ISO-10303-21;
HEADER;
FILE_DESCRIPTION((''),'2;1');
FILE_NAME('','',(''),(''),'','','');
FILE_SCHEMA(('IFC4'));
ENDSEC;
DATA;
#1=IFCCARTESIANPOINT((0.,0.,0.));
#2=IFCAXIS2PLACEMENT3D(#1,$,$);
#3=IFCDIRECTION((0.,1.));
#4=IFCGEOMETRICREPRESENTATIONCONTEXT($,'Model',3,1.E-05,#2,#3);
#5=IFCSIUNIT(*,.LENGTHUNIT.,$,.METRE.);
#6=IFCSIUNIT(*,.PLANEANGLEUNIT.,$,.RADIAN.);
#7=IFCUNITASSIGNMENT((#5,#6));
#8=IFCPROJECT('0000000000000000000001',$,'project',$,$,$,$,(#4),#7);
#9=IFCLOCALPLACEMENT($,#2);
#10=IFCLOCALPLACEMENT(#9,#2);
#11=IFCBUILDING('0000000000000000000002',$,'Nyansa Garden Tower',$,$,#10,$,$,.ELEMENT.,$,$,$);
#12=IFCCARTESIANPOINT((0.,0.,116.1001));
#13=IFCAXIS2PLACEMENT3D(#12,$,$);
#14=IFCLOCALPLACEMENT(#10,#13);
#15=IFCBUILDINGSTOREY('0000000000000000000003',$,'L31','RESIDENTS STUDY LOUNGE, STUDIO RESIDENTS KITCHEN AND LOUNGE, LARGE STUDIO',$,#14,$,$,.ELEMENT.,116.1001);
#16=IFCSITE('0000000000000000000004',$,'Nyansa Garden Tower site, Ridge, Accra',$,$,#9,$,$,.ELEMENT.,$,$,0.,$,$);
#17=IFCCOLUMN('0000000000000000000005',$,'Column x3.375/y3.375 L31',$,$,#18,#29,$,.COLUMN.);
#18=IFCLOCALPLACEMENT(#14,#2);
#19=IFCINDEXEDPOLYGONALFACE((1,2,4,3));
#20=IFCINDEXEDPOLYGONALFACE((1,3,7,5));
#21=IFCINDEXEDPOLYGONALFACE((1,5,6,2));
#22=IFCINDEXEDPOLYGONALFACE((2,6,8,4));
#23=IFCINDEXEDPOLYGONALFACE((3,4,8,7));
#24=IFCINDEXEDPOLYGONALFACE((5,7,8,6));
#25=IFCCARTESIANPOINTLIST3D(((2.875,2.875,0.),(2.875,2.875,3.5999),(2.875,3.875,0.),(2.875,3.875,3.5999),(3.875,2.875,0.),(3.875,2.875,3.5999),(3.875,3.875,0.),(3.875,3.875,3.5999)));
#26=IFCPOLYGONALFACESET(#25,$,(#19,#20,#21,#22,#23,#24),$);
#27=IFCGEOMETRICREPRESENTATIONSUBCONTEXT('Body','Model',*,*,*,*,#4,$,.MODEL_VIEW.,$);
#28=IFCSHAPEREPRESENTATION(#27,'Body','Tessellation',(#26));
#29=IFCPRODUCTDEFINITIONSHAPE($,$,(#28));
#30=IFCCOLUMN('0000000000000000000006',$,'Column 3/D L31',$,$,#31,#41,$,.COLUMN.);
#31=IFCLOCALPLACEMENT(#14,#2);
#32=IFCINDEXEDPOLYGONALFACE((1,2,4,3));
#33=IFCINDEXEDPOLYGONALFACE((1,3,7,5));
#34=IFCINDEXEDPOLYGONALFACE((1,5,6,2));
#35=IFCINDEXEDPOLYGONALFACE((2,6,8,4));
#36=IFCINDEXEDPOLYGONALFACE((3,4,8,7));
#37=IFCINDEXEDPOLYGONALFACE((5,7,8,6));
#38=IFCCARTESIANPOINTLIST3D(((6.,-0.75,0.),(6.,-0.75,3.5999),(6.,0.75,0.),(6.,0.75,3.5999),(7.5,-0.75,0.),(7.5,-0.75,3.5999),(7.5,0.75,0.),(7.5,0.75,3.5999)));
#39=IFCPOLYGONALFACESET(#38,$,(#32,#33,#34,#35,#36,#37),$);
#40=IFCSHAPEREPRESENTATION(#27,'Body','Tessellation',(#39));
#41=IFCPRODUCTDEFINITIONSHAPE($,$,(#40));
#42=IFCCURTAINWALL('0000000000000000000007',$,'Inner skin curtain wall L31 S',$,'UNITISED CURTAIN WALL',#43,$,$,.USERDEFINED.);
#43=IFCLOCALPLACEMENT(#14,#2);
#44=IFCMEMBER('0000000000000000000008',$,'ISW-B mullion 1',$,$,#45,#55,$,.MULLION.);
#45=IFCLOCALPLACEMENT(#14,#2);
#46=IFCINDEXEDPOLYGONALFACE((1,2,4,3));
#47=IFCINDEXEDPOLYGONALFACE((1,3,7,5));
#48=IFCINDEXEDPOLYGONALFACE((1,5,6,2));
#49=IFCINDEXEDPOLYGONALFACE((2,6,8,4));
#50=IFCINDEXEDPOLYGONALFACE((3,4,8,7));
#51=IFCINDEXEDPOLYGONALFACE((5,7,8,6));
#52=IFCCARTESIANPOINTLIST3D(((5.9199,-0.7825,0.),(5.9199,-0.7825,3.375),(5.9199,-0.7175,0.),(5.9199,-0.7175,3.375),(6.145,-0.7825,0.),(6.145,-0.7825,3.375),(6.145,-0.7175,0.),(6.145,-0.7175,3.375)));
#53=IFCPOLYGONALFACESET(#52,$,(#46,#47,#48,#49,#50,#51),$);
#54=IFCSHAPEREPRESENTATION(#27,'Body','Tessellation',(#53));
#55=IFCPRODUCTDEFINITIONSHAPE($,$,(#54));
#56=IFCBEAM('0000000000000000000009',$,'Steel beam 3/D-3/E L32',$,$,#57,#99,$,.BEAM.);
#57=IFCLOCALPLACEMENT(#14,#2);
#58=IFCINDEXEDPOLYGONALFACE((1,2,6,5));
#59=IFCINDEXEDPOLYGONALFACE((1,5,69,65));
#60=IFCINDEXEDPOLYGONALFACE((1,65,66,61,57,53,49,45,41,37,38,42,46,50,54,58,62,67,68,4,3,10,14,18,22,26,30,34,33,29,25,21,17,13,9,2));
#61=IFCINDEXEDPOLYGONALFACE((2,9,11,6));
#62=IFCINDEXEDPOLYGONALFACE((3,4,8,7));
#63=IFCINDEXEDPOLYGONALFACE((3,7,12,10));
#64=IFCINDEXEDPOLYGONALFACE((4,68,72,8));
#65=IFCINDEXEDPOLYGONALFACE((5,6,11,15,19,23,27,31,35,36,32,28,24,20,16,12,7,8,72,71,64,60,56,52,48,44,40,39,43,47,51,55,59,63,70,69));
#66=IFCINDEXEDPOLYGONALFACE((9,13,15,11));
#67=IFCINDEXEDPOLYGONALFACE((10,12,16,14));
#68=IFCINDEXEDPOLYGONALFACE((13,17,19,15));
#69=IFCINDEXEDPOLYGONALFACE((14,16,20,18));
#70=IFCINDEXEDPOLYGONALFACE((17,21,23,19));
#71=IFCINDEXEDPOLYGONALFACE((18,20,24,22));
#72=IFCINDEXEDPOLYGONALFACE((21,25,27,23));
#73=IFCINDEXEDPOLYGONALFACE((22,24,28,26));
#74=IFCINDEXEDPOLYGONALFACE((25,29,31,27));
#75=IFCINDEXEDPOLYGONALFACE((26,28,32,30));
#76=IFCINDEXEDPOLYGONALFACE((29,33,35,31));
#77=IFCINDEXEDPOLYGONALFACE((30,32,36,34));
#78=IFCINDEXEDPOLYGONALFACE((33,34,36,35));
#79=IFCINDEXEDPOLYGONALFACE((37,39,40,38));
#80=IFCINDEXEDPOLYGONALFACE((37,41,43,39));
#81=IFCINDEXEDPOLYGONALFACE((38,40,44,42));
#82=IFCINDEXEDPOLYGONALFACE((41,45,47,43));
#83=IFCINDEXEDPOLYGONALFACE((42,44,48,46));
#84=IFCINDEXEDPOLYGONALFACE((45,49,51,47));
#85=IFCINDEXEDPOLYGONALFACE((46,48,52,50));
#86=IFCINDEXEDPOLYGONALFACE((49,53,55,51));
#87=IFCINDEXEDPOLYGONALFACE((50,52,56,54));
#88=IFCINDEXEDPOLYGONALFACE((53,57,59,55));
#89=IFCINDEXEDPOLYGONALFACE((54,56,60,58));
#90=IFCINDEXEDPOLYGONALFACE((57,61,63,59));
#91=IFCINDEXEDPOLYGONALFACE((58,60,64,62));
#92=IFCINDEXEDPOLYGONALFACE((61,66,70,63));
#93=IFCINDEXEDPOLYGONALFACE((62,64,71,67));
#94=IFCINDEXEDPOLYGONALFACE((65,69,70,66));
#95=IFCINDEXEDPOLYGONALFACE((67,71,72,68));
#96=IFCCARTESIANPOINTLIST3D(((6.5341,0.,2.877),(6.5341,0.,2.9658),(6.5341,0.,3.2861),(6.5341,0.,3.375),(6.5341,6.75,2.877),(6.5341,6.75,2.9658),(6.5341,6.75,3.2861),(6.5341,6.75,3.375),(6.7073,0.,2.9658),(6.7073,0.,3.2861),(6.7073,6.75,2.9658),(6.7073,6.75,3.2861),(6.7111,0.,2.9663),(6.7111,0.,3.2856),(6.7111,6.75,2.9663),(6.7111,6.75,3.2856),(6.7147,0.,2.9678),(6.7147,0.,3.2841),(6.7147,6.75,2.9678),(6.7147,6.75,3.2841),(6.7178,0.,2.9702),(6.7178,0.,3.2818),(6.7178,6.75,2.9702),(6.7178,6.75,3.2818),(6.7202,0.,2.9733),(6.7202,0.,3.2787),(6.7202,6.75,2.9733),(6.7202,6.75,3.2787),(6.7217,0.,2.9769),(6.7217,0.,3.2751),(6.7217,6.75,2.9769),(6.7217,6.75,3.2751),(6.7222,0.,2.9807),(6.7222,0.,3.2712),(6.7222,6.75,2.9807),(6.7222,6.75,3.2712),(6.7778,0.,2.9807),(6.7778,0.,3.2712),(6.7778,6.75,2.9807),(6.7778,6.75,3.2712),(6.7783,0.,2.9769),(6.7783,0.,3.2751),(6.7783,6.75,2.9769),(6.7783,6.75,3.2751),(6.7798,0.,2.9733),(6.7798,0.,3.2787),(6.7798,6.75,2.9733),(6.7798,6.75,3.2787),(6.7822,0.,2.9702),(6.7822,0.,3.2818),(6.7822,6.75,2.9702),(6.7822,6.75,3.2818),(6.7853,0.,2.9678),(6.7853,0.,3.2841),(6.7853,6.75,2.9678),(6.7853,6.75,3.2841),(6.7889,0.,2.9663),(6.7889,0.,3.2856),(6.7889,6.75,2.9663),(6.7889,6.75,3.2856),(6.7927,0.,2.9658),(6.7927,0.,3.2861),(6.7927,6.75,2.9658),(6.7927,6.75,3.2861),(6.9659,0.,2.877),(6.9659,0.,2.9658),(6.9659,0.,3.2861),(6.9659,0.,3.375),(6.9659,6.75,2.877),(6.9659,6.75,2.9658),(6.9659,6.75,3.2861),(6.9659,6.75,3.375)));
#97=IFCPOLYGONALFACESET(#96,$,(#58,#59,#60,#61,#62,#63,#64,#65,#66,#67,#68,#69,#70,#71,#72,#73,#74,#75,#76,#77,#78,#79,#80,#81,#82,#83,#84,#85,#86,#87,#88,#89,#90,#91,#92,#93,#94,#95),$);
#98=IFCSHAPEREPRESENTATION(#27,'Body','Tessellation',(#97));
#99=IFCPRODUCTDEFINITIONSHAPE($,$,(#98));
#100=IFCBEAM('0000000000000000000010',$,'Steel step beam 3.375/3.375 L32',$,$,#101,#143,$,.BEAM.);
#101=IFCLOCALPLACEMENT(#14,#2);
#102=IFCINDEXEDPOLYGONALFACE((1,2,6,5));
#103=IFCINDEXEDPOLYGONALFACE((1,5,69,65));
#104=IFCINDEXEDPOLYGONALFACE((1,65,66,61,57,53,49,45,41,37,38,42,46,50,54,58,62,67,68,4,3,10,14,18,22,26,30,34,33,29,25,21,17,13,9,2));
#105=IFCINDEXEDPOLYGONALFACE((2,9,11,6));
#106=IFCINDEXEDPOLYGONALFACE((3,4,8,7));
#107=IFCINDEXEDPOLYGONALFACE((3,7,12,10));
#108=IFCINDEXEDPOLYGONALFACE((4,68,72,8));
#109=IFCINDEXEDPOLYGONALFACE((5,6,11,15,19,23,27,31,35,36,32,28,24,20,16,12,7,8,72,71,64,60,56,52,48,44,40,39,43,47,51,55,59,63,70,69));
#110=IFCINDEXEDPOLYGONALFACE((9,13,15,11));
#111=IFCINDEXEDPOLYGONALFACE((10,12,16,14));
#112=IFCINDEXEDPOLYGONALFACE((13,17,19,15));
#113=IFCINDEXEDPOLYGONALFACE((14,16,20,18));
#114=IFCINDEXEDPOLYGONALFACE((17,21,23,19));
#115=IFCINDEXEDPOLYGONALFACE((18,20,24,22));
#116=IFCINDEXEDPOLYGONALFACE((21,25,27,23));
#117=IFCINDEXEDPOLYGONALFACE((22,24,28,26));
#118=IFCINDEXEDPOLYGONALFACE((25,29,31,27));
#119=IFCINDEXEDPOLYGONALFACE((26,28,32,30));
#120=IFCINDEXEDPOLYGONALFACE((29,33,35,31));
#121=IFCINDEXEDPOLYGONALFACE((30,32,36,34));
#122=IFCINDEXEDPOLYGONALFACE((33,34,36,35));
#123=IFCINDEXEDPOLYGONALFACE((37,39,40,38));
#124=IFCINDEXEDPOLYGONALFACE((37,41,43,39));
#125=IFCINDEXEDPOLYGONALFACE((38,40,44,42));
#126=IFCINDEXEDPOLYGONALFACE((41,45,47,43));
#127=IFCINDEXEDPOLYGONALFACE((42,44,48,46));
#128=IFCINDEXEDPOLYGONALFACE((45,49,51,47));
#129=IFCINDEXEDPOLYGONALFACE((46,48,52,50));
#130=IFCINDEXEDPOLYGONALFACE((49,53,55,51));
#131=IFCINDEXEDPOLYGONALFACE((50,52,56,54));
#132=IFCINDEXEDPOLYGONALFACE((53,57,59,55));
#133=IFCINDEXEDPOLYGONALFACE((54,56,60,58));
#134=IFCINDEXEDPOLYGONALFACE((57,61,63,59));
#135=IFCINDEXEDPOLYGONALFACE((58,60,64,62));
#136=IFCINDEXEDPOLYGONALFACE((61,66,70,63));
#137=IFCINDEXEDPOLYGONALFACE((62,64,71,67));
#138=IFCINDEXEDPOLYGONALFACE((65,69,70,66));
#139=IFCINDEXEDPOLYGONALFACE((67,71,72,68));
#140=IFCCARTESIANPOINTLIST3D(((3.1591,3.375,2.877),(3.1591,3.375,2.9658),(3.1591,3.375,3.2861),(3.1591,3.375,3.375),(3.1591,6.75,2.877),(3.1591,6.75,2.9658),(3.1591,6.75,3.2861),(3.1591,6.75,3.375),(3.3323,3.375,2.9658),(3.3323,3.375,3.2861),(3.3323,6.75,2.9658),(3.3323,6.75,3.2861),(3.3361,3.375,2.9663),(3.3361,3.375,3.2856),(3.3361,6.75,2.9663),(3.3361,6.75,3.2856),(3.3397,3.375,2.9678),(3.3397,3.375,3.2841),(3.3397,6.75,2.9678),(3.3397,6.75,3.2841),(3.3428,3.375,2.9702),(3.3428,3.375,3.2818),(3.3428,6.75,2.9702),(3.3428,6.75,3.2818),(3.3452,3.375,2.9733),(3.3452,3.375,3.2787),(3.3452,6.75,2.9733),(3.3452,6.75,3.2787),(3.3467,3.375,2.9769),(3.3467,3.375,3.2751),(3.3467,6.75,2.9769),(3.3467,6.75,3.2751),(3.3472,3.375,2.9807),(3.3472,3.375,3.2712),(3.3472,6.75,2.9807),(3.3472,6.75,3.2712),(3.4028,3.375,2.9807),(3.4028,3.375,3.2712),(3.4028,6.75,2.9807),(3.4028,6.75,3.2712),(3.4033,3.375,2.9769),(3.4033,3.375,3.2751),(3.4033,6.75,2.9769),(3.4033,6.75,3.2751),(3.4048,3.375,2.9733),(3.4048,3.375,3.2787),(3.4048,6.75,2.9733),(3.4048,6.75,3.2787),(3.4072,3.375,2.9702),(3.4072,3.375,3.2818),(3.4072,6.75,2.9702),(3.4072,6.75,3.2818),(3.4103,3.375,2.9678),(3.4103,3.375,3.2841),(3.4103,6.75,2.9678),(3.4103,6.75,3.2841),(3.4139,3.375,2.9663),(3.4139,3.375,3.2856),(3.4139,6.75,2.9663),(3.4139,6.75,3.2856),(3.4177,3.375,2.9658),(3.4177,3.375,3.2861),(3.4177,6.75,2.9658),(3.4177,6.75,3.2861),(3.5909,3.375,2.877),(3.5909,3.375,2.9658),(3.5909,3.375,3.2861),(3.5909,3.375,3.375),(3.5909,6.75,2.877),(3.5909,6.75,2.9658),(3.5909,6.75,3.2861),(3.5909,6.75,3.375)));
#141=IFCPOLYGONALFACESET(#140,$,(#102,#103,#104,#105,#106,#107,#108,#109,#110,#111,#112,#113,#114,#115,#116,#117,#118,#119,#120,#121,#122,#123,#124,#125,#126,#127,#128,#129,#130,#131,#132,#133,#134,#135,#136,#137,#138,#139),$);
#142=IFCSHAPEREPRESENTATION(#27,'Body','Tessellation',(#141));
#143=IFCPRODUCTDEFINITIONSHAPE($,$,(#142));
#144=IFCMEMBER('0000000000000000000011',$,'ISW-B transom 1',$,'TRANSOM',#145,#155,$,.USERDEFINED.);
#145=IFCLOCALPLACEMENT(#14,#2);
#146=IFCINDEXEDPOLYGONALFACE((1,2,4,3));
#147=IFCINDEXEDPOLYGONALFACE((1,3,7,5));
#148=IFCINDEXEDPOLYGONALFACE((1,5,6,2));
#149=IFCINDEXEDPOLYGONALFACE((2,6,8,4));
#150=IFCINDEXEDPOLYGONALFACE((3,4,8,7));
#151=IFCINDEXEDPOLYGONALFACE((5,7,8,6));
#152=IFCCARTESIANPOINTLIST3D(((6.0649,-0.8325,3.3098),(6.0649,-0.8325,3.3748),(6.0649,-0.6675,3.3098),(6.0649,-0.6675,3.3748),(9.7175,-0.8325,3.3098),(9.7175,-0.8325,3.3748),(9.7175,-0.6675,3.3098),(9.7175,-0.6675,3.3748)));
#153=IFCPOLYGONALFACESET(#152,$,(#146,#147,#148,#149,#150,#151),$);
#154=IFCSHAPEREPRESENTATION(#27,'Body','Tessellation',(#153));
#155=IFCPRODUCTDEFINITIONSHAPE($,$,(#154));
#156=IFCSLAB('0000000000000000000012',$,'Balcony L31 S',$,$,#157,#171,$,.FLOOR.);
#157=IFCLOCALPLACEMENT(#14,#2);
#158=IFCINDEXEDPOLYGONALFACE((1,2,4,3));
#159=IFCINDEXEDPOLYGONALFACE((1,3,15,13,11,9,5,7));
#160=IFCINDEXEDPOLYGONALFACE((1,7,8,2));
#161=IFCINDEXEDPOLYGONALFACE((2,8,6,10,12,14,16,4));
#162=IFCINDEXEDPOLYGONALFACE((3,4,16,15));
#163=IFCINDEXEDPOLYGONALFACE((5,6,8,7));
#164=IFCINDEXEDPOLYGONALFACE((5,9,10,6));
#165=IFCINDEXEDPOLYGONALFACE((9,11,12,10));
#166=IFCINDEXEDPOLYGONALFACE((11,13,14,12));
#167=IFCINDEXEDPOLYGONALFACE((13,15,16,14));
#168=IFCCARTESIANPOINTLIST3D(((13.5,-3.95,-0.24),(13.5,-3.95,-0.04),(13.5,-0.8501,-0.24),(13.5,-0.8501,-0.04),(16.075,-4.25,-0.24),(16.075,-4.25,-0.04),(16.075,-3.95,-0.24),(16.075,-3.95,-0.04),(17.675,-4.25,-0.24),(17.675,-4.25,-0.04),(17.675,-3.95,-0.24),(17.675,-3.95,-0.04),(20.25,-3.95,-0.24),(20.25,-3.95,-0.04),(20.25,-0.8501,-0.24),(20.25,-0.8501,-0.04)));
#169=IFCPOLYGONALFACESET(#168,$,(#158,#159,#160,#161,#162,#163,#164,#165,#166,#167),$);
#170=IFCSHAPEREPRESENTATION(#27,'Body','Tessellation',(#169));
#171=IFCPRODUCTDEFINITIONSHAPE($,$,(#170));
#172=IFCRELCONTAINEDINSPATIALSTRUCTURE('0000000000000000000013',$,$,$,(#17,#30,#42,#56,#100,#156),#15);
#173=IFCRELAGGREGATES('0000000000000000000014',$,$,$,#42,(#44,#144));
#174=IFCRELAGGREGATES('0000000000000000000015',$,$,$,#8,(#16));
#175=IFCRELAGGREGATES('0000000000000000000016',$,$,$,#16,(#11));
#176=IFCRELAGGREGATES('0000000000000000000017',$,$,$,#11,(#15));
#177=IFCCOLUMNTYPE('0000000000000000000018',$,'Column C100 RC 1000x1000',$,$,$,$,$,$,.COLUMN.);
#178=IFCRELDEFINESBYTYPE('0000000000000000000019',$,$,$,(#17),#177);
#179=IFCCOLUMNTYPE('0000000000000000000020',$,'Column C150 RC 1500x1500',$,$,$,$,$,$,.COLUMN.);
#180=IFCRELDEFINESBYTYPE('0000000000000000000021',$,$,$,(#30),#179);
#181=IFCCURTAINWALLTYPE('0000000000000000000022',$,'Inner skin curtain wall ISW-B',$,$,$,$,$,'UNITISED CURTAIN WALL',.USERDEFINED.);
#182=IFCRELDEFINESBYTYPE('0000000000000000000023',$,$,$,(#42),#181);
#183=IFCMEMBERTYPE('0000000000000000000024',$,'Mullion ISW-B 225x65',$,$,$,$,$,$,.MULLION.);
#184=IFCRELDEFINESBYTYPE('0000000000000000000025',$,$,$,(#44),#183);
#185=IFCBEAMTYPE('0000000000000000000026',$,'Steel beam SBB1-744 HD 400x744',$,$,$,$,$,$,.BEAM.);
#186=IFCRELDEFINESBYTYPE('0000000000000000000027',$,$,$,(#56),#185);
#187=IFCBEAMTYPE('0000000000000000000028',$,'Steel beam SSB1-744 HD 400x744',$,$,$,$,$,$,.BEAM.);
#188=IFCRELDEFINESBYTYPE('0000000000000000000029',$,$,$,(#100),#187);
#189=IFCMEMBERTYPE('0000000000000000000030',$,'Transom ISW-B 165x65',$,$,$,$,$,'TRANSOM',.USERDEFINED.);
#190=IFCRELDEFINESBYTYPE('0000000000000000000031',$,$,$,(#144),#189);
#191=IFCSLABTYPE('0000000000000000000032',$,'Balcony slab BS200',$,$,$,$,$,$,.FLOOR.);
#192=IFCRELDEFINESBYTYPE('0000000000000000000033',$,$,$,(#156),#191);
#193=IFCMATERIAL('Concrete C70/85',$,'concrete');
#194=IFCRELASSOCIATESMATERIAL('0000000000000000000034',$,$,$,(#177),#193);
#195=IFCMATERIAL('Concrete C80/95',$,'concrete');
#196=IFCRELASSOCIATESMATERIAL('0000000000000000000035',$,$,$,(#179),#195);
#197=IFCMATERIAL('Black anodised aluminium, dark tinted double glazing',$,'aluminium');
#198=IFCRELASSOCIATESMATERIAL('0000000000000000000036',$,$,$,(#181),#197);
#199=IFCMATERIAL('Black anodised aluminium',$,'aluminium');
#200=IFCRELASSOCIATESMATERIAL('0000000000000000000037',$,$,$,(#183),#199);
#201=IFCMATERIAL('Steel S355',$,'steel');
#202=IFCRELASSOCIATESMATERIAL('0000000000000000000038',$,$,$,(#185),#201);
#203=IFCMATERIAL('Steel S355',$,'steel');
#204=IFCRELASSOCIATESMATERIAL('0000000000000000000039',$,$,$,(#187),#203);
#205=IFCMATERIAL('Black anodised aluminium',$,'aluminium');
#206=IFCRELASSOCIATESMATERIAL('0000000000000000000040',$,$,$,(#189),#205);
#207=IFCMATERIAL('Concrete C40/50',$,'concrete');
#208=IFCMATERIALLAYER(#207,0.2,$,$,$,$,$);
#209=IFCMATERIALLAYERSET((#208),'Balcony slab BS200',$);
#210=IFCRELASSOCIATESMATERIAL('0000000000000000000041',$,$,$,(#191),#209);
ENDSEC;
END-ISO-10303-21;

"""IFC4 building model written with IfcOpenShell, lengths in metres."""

from ifc_helpers import new_model, si_unit, direction, frame, origin, origin_2d, place, context, subcontext, project, spatial, polyline, rectangle, i_section, outline, extrude, material, layer, layer_set, material_profile, profile_set, type_object, element, aggregate, save


model = new_model("IFC4")

# Units and contexts
model_context = context("Model", 3, precision=1e-05, world=origin(), true_north=direction((0.0, 1.0)))
body_context = subcontext(model_context, "Body", "Model", "MODEL_VIEW")
ifc_project = project(units=[si_unit("LENGTHUNIT", "METRE"), si_unit("PLANEANGLEUNIT", "RADIAN")], contexts=[model_context])

# Site, building, storey
site_placement = place(None, origin())
site = spatial("IfcSite", under=ifc_project, at=site_placement, Name="Nyansa Garden Tower site, Ridge, Accra", CompositionType="ELEMENT", RefElevation=0.0)
building_placement = place(site_placement, origin())
building = spatial("IfcBuilding", under=site, at=building_placement, Name="Nyansa Garden Tower", CompositionType="ELEMENT")
storey_placement = place(building_placement, frame((0.0, 0.0, 116.1001)))
storey = spatial("IfcBuildingStorey", under=building, at=storey_placement, Name="L31", Description="RESIDENTS STUDY LOUNGE, STUDIO RESIDENTS KITCHEN AND LOUNGE, LARGE STUDIO", CompositionType="ELEMENT", Elevation=116.1001)

# Columns
ifc_material_1 = material(Name="Concrete C70/85", Category="concrete")
ifc_material_profile_1 = material_profile(ifc_material_1, rectangle(XDim=1.0, YDim=1.0, at=origin_2d()), Name="RC 1000x1000")
ifc_profile_set_1 = profile_set([ifc_material_profile_1], Name="Concrete C70/85")
column_type_1 = type_object("IfcColumnType", Name="Column C100 RC 1000x1000", PredefinedType="COLUMN", material=ifc_profile_set_1)
column_1_placement = place(storey_placement, frame((3.375, 3.375, 0.0), z_axis=(0.0, 0.0, 1.0), x_axis=(1.0, 0.0, 0.0)))
element("IfcColumn", 1, at=column_1_placement, inside=storey, type_object=column_type_1, Name="Column x3.375/y3.375 L31", PredefinedType="COLUMN", context=body_context, shape_type="SweptSolid", body=[
    extrude(rectangle(XDim=1.0, YDim=1.0, at=origin_2d()), origin(), (0.0, 0.0, 1.0), 3.5999),
])
ifc_material_2 = material(Name="Concrete C80/95", Category="concrete")
ifc_material_profile_2 = material_profile(ifc_material_2, rectangle(XDim=1.5, YDim=1.5, at=origin_2d()), Name="RC 1500x1500")
ifc_profile_set_2 = profile_set([ifc_material_profile_2], Name="Concrete C80/95")
column_type_2 = type_object("IfcColumnType", Name="Column C150 RC 1500x1500", PredefinedType="COLUMN", material=ifc_profile_set_2)
column_2_placement = place(storey_placement, frame((6.75, 0.0, 0.0), z_axis=(0.0, 0.0, 1.0), x_axis=(1.0, 0.0, 0.0)))
element("IfcColumn", 2, at=column_2_placement, inside=storey, type_object=column_type_2, Name="Column 3/D L31", PredefinedType="COLUMN", context=body_context, shape_type="SweptSolid", body=[
    extrude(rectangle(XDim=1.5, YDim=1.5, at=origin_2d()), origin(), (0.0, 0.0, 1.0), 3.5999),
])

# Curtain wall, member
ifc_material_3 = material(Name="Black anodised aluminium, dark tinted double glazing", Category="aluminium")
curtain_wall_type = type_object("IfcCurtainWallType", Name="Inner skin curtain wall ISW-B", ElementType="UNITISED CURTAIN WALL", PredefinedType="USERDEFINED", material=ifc_material_3)
curtain_wall_placement = place(storey_placement, origin())
curtain_wall = element("IfcCurtainWall", 3, at=curtain_wall_placement, inside=storey, type_object=curtain_wall_type, Name="Inner skin curtain wall L31 S", ObjectType="UNITISED CURTAIN WALL", PredefinedType="USERDEFINED")
ifc_material_4 = material(Name="Black anodised aluminium", Category="aluminium")
ifc_material_profile_3 = material_profile(ifc_material_4, rectangle(XDim=0.0649, YDim=0.2251, at=origin_2d()), Name="Mullion 225x65")
ifc_profile_set_3 = profile_set([ifc_material_profile_3], Name="Black anodised aluminium")
member_type_1 = type_object("IfcMemberType", Name="Mullion ISW-B 225x65", PredefinedType="MULLION", material=ifc_profile_set_3)
member_1_placement = place(storey_placement, frame((6.0325, -0.75, 0.0), z_axis=(0.0, 0.0, 1.0), x_axis=(0.0, 1.0, 0.0)))
member_1 = element("IfcMember", 4, at=member_1_placement, type_object=member_type_1, Name="ISW-B mullion 1", PredefinedType="MULLION", context=body_context, shape_type="SweptSolid", body=[
    extrude(rectangle(XDim=0.0649, YDim=0.2251, at=origin_2d()), origin(), (0.0, 0.0, 1.0), 3.375),
])

# Beams
ifc_material_5 = material(Name="Steel S355", Category="steel")
ifc_material_profile_4 = material_profile(ifc_material_5, i_section(OverallWidth=0.4319, OverallDepth=0.498, WebThickness=0.0557, FlangeThickness=0.0889, FilletRadius=0.0149, at=origin_2d()), Name="HD 400x744")
ifc_profile_set_4 = profile_set([ifc_material_profile_4], Name="Steel S355")
beam_type_1 = type_object("IfcBeamType", Name="Steel beam SBB1-744 HD 400x744", PredefinedType="BEAM", material=ifc_profile_set_4)
beam_1_placement = place(storey_placement, frame((6.75, 0.0, 3.126), z_axis=(0.0, 1.0, 0.0), x_axis=(-1.0, 0.0, 0.0)))
element("IfcBeam", 5, at=beam_1_placement, inside=storey, type_object=beam_type_1, Name="Steel beam 3/D-3/E L32", PredefinedType="BEAM", context=body_context, shape_type="SweptSolid", body=[
    extrude(i_section(OverallWidth=0.4319, OverallDepth=0.498, WebThickness=0.0557, FlangeThickness=0.0889, FilletRadius=0.0149, at=origin_2d()), origin(), (0.0, 0.0, 1.0), 6.75),
])
ifc_material_6 = material(Name="Steel S355", Category="steel")
ifc_material_profile_5 = material_profile(ifc_material_6, i_section(OverallWidth=0.4319, OverallDepth=0.498, WebThickness=0.0557, FlangeThickness=0.0889, FilletRadius=0.0149, at=origin_2d()), Name="HD 400x744")
ifc_profile_set_5 = profile_set([ifc_material_profile_5], Name="Steel S355")
beam_type_2 = type_object("IfcBeamType", Name="Steel beam SSB1-744 HD 400x744", PredefinedType="BEAM", material=ifc_profile_set_5)
beam_2_placement = place(storey_placement, frame((3.375, 3.375, 3.126), z_axis=(0.0, 1.0, 0.0), x_axis=(-1.0, 0.0, 0.0)))
element("IfcBeam", 6, at=beam_2_placement, inside=storey, type_object=beam_type_2, Name="Steel step beam 3.375/3.375 L32", PredefinedType="BEAM", context=body_context, shape_type="SweptSolid", body=[
    extrude(i_section(OverallWidth=0.4319, OverallDepth=0.498, WebThickness=0.0557, FlangeThickness=0.0889, FilletRadius=0.0149, at=origin_2d()), origin(), (0.0, 0.0, 1.0), 3.375),
])

# Member
ifc_material_7 = material(Name="Black anodised aluminium", Category="aluminium")
ifc_material_profile_6 = material_profile(ifc_material_7, rectangle(XDim=0.165, YDim=0.0649, at=origin_2d()), Name="Transom 165x65")
ifc_profile_set_6 = profile_set([ifc_material_profile_6], Name="Black anodised aluminium")
member_type_2 = type_object("IfcMemberType", Name="Transom ISW-B 165x65", ElementType="TRANSOM", PredefinedType="USERDEFINED", material=ifc_profile_set_6)
member_2_placement = place(storey_placement, frame((6.0649, -0.75, 3.3423), z_axis=(1.0, 0.0, 0.0), x_axis=(0.0, 1.0, 0.0)))
member_2 = element("IfcMember", 7, at=member_2_placement, type_object=member_type_2, Name="ISW-B transom 1", ObjectType="TRANSOM", PredefinedType="USERDEFINED", context=body_context, shape_type="SweptSolid", body=[
    extrude(rectangle(XDim=0.165, YDim=0.0649, at=origin_2d()), origin(), (0.0, 0.0, 1.0), 3.6526),
])
aggregate(curtain_wall, [member_1, member_2])

# Slab
ifc_material_8 = material(Name="Concrete C40/50", Category="concrete")
ifc_layer_1 = layer(ifc_material_8, 0.2)
ifc_layer_set_1 = layer_set([ifc_layer_1], Name="Balcony slab BS200")
slab_type_1 = type_object("IfcSlabType", Name="Balcony slab BS200", PredefinedType="FLOOR", material=ifc_layer_set_1)
slab_1_placement = place(storey_placement, frame((0.0, 0.0, -0.24)))
element("IfcSlab", 8, at=slab_1_placement, inside=storey, type_object=slab_type_1, Name="Balcony L31 S", PredefinedType="FLOOR", context=body_context, shape_type="SweptSolid", body=[
    extrude(outline(polyline([(13.5, -0.8501), (20.25, -0.8501), (20.25, -3.95), (17.675, -3.95), (17.675, -4.25), (16.075, -4.25), (16.075, -3.95), (13.5, -3.95), (13.5, -0.8501)])), origin(), (0.0, 0.0, 1.0), 0.2),
])

save(model, "model.ifc")
